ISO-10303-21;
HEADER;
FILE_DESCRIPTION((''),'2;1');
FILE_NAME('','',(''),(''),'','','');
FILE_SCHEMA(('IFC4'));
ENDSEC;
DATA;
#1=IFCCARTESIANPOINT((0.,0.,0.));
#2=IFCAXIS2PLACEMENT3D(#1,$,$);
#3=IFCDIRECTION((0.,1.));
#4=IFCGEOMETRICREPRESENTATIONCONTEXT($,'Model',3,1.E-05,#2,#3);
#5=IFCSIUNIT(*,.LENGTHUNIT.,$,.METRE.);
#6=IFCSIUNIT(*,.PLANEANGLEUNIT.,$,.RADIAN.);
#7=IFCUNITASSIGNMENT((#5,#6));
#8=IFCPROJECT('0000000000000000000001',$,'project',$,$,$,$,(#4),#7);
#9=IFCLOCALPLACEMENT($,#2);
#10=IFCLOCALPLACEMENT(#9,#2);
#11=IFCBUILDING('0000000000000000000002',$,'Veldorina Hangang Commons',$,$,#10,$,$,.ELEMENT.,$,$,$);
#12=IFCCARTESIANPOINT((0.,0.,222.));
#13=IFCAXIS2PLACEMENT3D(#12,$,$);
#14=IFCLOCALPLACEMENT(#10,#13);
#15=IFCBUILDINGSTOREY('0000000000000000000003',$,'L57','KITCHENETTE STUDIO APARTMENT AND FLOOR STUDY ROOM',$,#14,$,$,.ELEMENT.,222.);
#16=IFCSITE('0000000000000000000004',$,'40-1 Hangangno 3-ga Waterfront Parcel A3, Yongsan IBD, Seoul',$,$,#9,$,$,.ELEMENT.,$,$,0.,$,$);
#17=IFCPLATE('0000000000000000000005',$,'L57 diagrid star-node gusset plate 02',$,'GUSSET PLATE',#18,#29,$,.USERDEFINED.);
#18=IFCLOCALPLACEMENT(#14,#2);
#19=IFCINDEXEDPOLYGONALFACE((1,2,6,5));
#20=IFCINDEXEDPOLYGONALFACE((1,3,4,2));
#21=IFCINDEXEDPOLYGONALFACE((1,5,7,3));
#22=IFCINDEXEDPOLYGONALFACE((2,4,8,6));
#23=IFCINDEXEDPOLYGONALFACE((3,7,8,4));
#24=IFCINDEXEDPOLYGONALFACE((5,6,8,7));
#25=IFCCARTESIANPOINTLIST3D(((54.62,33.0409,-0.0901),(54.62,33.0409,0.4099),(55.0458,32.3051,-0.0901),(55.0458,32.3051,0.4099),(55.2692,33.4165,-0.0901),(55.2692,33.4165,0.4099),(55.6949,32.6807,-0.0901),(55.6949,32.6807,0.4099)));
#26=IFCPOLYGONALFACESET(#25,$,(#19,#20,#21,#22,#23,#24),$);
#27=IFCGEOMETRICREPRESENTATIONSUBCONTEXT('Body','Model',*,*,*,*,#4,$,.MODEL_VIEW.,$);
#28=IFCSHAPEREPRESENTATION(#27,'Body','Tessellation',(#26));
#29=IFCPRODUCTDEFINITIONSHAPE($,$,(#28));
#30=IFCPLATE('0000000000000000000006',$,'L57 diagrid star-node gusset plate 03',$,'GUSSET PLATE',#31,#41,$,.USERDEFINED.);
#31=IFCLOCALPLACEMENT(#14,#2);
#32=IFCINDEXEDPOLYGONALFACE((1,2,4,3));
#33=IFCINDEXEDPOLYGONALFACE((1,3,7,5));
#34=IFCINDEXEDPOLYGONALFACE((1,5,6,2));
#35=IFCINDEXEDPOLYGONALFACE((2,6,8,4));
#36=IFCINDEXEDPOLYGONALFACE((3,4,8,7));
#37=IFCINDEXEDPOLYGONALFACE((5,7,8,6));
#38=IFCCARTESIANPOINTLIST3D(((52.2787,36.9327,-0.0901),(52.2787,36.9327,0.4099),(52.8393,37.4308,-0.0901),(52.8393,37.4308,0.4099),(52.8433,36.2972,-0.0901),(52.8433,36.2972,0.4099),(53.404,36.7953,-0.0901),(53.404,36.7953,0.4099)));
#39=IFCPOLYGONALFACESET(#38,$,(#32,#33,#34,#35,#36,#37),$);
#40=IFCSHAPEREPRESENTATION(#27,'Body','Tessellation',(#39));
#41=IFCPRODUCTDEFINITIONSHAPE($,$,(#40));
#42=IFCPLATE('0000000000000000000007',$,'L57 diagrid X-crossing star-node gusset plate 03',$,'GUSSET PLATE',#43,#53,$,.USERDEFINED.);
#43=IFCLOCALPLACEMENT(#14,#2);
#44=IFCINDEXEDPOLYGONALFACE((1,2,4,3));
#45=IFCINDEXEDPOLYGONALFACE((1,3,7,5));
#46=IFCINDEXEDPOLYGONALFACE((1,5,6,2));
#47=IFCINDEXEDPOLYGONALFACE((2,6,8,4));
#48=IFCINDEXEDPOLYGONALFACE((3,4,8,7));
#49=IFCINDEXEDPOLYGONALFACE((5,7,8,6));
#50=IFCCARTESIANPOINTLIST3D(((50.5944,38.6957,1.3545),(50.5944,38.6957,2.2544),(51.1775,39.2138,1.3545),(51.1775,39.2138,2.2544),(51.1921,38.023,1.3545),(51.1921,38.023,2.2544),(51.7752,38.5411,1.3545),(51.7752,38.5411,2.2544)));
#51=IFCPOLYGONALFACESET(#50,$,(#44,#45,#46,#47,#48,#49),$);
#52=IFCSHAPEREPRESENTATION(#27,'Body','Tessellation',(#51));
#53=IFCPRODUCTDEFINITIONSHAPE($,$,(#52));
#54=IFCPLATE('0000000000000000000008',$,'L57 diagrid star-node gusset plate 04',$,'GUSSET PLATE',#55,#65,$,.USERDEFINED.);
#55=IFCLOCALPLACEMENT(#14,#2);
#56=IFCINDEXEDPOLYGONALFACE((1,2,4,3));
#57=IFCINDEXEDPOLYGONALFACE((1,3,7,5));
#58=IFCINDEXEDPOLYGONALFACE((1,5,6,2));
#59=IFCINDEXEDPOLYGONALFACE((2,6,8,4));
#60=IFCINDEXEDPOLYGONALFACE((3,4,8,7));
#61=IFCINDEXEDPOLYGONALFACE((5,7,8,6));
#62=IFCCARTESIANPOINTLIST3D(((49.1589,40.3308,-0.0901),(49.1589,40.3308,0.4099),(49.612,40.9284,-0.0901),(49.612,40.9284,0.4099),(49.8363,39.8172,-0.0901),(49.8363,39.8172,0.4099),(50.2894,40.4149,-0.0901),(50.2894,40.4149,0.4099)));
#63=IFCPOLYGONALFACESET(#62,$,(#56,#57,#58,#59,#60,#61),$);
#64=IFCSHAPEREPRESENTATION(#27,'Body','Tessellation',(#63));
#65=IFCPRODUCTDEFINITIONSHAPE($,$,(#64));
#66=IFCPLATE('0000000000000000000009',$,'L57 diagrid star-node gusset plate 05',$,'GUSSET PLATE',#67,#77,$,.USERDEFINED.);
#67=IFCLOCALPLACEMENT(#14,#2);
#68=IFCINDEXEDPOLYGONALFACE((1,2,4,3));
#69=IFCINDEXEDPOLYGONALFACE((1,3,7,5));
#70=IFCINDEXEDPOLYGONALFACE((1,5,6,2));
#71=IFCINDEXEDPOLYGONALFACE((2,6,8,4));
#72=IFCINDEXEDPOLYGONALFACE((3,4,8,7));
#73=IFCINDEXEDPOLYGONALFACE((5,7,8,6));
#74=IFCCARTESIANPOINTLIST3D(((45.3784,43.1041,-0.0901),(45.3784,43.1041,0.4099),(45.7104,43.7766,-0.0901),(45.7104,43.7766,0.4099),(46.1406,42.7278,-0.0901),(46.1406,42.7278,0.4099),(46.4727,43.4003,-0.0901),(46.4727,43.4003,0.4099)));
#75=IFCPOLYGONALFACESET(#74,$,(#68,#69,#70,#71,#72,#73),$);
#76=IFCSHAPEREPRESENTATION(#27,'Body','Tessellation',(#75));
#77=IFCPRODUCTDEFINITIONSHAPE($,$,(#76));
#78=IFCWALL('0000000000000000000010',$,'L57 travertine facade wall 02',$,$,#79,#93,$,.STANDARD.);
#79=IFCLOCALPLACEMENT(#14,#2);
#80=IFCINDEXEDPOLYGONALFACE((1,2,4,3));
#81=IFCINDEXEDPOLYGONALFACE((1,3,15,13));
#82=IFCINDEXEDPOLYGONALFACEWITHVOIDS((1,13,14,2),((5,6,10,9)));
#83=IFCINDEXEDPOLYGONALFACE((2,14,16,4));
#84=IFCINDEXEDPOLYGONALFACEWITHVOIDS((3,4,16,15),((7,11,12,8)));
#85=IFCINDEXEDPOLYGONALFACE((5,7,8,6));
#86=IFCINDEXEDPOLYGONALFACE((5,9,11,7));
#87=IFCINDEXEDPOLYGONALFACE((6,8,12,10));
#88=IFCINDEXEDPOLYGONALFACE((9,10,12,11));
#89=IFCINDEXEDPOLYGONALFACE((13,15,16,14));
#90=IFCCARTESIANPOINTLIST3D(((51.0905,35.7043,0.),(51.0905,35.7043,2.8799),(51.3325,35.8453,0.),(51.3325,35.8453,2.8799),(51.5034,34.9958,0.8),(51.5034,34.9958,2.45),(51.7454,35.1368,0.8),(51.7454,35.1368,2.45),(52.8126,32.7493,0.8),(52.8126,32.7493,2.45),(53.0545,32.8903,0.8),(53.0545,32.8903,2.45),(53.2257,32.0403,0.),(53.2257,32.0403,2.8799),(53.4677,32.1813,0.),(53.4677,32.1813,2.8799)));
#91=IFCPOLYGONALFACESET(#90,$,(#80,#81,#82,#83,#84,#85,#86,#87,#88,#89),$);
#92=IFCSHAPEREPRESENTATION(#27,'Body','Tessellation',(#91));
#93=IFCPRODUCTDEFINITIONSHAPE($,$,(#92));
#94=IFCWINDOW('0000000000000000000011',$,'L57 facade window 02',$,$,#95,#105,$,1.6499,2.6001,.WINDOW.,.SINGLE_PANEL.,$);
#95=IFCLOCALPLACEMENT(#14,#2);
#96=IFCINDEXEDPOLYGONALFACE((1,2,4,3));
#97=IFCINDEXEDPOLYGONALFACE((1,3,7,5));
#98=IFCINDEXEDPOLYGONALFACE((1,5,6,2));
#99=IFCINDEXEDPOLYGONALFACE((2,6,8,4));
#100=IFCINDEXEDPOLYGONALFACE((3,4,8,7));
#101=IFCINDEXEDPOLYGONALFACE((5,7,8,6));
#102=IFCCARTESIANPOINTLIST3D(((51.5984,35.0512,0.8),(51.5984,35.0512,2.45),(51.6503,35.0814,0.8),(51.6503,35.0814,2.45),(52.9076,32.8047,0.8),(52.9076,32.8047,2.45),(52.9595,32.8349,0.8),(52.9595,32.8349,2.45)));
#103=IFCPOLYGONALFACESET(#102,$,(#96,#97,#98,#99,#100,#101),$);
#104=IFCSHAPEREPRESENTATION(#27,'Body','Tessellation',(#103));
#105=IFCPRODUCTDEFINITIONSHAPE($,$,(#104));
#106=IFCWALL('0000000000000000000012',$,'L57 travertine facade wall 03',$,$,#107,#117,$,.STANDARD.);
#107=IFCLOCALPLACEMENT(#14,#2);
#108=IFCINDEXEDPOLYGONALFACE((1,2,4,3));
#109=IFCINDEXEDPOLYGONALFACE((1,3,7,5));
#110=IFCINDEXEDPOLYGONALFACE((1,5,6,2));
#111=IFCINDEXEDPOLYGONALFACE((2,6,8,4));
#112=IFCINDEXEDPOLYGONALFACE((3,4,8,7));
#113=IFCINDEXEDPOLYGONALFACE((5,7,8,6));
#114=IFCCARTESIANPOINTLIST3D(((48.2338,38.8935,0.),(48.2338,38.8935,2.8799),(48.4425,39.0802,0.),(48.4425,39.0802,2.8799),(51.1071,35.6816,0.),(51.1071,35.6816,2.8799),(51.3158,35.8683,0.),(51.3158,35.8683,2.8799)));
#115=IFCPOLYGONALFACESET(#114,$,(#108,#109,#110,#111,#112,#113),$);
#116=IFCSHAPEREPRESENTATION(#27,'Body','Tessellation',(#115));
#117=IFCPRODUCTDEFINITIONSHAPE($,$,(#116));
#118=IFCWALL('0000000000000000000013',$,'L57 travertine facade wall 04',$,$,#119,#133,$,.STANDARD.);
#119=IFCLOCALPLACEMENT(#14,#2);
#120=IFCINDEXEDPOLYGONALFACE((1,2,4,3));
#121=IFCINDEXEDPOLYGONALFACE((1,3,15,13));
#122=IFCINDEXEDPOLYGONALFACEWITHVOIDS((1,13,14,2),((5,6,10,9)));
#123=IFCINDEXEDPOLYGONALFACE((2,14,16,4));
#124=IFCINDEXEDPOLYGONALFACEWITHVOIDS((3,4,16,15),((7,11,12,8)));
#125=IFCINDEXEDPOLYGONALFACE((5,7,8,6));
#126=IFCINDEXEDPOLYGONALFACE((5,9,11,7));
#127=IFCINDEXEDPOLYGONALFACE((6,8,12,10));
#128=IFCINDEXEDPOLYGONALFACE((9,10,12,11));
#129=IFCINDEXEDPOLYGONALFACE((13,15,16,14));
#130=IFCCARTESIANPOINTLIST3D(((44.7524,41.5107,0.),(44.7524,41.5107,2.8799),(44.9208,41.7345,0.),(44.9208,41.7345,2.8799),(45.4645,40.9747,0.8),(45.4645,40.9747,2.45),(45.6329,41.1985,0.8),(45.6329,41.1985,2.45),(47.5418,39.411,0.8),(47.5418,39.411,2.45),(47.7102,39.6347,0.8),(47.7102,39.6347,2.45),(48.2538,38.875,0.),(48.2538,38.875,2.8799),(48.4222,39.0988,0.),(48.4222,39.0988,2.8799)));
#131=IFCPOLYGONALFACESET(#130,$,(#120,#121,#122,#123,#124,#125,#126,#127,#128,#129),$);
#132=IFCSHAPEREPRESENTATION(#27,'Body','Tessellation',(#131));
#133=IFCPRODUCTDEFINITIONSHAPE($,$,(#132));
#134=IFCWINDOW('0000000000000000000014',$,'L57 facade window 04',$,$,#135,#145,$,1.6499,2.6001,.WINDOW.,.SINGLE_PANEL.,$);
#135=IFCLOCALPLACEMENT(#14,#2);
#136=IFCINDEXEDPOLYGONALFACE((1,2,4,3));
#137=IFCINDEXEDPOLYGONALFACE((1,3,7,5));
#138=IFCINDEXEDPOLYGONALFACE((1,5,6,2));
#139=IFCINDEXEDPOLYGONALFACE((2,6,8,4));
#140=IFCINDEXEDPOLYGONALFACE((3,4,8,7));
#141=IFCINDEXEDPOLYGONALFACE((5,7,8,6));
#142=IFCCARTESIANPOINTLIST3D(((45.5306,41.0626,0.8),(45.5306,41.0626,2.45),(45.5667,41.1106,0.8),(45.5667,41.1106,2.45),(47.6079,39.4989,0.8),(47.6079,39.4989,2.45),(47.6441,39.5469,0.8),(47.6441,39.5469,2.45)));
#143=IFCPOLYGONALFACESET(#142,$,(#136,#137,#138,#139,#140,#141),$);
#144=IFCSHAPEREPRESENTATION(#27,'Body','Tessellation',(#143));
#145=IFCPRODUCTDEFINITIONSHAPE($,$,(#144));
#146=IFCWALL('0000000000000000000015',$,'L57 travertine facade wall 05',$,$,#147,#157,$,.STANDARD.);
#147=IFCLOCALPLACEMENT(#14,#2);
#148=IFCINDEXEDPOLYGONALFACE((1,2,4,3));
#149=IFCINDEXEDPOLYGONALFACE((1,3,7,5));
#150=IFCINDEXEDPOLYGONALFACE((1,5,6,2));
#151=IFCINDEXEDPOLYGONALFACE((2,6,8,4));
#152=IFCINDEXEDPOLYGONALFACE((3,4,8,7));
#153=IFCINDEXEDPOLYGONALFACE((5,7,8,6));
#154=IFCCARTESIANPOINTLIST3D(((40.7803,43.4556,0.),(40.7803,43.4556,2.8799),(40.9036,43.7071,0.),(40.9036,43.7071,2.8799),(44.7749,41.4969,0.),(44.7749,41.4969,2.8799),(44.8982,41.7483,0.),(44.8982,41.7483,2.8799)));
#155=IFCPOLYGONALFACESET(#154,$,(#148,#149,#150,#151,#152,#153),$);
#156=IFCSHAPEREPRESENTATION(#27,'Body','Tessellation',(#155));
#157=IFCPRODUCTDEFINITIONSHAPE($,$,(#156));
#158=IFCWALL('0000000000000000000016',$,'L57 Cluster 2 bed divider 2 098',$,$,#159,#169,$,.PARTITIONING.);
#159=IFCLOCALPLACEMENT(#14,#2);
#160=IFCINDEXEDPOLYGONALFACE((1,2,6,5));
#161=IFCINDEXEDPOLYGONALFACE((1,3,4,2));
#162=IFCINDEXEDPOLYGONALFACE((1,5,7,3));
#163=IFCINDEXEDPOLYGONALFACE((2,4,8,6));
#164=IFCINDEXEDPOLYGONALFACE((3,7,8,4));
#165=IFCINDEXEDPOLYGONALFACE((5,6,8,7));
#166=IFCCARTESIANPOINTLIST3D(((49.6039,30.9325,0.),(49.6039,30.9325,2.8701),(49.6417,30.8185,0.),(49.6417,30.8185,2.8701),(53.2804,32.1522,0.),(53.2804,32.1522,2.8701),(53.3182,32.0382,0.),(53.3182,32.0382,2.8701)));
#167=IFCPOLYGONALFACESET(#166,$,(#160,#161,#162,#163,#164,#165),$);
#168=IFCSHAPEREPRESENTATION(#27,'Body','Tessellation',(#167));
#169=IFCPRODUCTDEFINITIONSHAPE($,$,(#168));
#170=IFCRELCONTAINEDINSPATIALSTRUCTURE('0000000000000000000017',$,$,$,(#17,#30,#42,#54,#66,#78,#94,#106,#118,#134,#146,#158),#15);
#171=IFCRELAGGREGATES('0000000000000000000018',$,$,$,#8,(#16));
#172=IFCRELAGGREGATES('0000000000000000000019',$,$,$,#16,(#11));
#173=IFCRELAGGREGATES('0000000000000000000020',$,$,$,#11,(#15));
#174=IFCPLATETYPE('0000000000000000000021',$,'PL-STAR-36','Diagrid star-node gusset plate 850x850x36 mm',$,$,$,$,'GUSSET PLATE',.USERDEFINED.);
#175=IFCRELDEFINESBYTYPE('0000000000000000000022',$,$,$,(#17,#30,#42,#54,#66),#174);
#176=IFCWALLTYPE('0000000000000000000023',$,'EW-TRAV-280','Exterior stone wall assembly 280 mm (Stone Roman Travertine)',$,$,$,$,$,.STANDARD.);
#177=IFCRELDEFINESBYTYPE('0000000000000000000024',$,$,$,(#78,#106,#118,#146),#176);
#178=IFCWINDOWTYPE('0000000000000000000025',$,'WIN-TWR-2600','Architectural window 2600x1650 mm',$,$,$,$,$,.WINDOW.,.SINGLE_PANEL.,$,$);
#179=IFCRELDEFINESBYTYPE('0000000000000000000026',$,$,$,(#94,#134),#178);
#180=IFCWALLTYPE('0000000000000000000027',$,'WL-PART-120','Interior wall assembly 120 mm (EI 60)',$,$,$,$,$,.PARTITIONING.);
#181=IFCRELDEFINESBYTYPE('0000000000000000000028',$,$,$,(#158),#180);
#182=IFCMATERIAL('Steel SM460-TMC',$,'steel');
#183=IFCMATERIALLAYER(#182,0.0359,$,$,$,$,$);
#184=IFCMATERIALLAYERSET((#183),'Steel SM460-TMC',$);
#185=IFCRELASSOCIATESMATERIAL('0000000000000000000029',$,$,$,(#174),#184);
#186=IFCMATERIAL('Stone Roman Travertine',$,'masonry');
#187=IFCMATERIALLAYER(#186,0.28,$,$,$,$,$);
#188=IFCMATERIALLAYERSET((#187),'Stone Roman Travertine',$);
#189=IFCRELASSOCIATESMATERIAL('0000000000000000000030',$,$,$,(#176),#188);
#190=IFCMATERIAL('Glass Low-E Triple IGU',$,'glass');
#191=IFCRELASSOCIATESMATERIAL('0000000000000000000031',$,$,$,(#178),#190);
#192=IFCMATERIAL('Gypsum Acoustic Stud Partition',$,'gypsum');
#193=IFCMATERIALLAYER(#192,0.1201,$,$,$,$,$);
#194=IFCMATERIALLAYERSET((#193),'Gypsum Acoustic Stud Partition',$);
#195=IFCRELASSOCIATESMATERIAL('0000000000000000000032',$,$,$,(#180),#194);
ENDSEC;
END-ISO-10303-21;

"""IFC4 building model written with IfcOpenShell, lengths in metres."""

from ifc_helpers import new_model, si_unit, direction, frame, frame_2d, origin, origin_2d, place, context, subcontext, project, spatial, rectangle, extrude, material, layer, layer_set, type_object, element, fill, save


model = new_model("IFC4")

# Units and contexts
model_context = context("Model", 3, precision=1e-05, world=origin(), true_north=direction((0.0, 1.0)))
body_context = subcontext(model_context, "Body", "Model", "MODEL_VIEW")
ifc_project = project(units=[si_unit("LENGTHUNIT", "METRE"), si_unit("PLANEANGLEUNIT", "RADIAN")], contexts=[model_context])

# Site, building, storey
site_placement = place(None, origin())
site = spatial("IfcSite", under=ifc_project, at=site_placement, Name="40-1 Hangangno 3-ga Waterfront Parcel A3, Yongsan IBD, Seoul", CompositionType="ELEMENT", RefElevation=0.0)
building_placement = place(site_placement, origin())
building = spatial("IfcBuilding", under=site, at=building_placement, Name="Veldorina Hangang Commons", CompositionType="ELEMENT")
storey_placement = place(building_placement, frame((0.0, 0.0, 222.0)))
storey = spatial("IfcBuildingStorey", under=building, at=storey_placement, Name="L57", Description="KITCHENETTE STUDIO APARTMENT AND FLOOR STUDY ROOM", CompositionType="ELEMENT", Elevation=222.0)

# Plates
ifc_material_1 = material(Name="Steel SM460-TMC", Category="steel")
ifc_layer_1 = layer(ifc_material_1, 0.0359)
ifc_layer_set_1 = layer_set([ifc_layer_1], Name="Steel SM460-TMC")
plate_type = type_object("IfcPlateType", Name="PL-STAR-36", Description="Diagrid star-node gusset plate 850x850x36 mm", ElementType="GUSSET PLATE", PredefinedType="USERDEFINED", material=ifc_layer_set_1)
for number, where, z_axis, x_axis, name in (
    (1, (55.1575, 32.8608, -0.0901), (0.0, 0.0, 1.0), (-0.500816, 0.865554, 0.0), "L57 diagrid star-node gusset plate 02"),
    (2, (52.8413, 36.864, -0.0901), (0.0, 0.0, 1.0), (-0.664174, 0.747578, 0.0), "L57 diagrid star-node gusset plate 03"),
):
    element("IfcPlate", number, at=place(storey_placement, frame(where, z_axis=z_axis, x_axis=x_axis)), inside=storey, type_object=plate_type, Name=name, ObjectType="GUSSET PLATE", PredefinedType="USERDEFINED", context=body_context, shape_type="SweptSolid", body=[
        extrude(rectangle(XDim=0.8501, YDim=0.75, at=origin_2d()), origin(), (0.0, 0.0, 1.0), 0.5),
    ])
plate_placement = place(storey_placement, frame((51.1848, 38.6184, 1.3545), z_axis=(0.0, 0.0, 1.0), x_axis=(-0.664174, 0.747578, 0.0)))
element("IfcPlate", 3, at=plate_placement, inside=storey, type_object=plate_type, Name="L57 diagrid X-crossing star-node gusset plate 03", ObjectType="GUSSET PLATE", PredefinedType="USERDEFINED", context=body_context, shape_type="SweptSolid", body=[
    extrude(rectangle(XDim=0.8999, YDim=0.78, at=origin_2d()), origin(), (0.0, 0.0, 1.0), 0.8999),
])
for number, where, z_axis, x_axis, name in (
    (4, (49.7241, 40.3728, -0.0901), (0.0, 0.0, 1.0), (-0.796889, 0.604126, 0.0), "L57 diagrid star-node gusset plate 04"),
    (5, (45.9255, 43.2522, -0.0901), (0.0, 0.0, 1.0), (-0.896649, 0.442743, 0.0), "L57 diagrid star-node gusset plate 05"),
):
    element("IfcPlate", number, at=place(storey_placement, frame(where, z_axis=z_axis, x_axis=x_axis)), inside=storey, type_object=plate_type, Name=name, ObjectType="GUSSET PLATE", PredefinedType="USERDEFINED", context=body_context, shape_type="SweptSolid", body=[
        extrude(rectangle(XDim=0.8501, YDim=0.75, at=origin_2d()), origin(), (0.0, 0.0, 1.0), 0.5),
    ])

# Wall, opening, window
ifc_material_2 = material(Name="Stone Roman Travertine", Category="masonry")
ifc_layer_2 = layer(ifc_material_2, 0.28)
ifc_layer_set_2 = layer_set([ifc_layer_2], Name="Stone Roman Travertine")
wall_type_1 = type_object("IfcWallType", Name="EW-TRAV-280", Description="Exterior stone wall assembly 280 mm (Stone Roman Travertine)", PredefinedType="STANDARD", material=ifc_layer_set_2)
wall_1_placement = place(storey_placement, frame((53.3467, 32.1108, 0.0), z_axis=(0.0, 0.0, 1.0), x_axis=(-0.503499, 0.863996, 0.0)))
wall_1 = element("IfcWall", 6, at=wall_1_placement, inside=storey, type_object=wall_type_1, Name="L57 travertine facade wall 02", PredefinedType="STANDARD", context=body_context, shape_type="SweptSolid", body=[
    extrude(rectangle(XDim=4.2407, YDim=0.28, at=frame_2d((2.1204, 0.0))), origin(), (0.0, 0.0, 1.0), 2.8799),
])
opening_1_placement = place(wall_1_placement, frame((0.8206, 0.0, 0.8)))
opening_1 = element("IfcOpeningElement", 7, at=opening_1_placement, cuts=wall_1, PredefinedType="OPENING", context=body_context, shape_type="SweptSolid", body=[
    extrude(rectangle(XDim=2.6001, YDim=1.6499, at=frame_2d((1.3, 0.825))), frame((0.0, 0.1499, 0.0), z_axis=(0.0, -1.0, 0.0), x_axis=(1.0, 0.0, 0.0)), (0.0, 0.0, 1.0), 0.3),
])
ifc_material_3 = material(Name="Glass Low-E Triple IGU", Category="glass")
window_type = type_object("IfcWindowType", Name="WIN-TWR-2600", Description="Architectural window 2600x1650 mm", PartitioningType="SINGLE_PANEL", PredefinedType="WINDOW", material=ifc_material_3)
window_1_placement = place(opening_1_placement, origin())
window_1 = element("IfcWindow", 8, at=window_1_placement, inside=storey, type_object=window_type, Name="L57 facade window 02", OverallHeight=1.6499, OverallWidth=2.6001, PartitioningType="SINGLE_PANEL", PredefinedType="WINDOW", context=body_context, shape_type="SweptSolid", body=[
    extrude(rectangle(XDim=2.6001, YDim=1.6499, at=frame_2d((1.3, 0.825))), frame((0.0, 0.03, 0.0), z_axis=(0.0, -1.0, 0.0), x_axis=(1.0, 0.0, 0.0)), (0.0, 0.0, 1.0), 0.0601),
])
fill(opening_1, window_1)

# Wall
wall_2_placement = place(storey_placement, frame((51.2114, 35.7749, 0.0), z_axis=(0.0, 0.0, 1.0), x_axis=(-0.666727, 0.745302, 0.0)))
element("IfcWall", 9, at=wall_2_placement, inside=storey, type_object=wall_type_1, Name="L57 travertine facade wall 03", PredefinedType="STANDARD", context=body_context, shape_type="SweptSolid", body=[
    extrude(rectangle(XDim=4.3096, YDim=0.28, at=frame_2d((2.1548, 0.0))), origin(), (0.0, 0.0, 1.0), 2.8799),
])

# Wall, opening, window
wall_3_placement = place(storey_placement, frame((48.3381, 38.9868, 0.0), z_axis=(0.0, 0.0, 1.0), x_axis=(-0.798943, 0.601407, 0.0)))
wall_3 = element("IfcWall", 10, at=wall_3_placement, inside=storey, type_object=wall_type_1, Name="L57 travertine facade wall 04", PredefinedType="STANDARD", context=body_context, shape_type="SweptSolid", body=[
    extrude(rectangle(XDim=4.3826, YDim=0.28, at=frame_2d((2.1914, 0.0))), origin(), (0.0, 0.0, 1.0), 2.8799),
])
opening_2_placement = place(wall_3_placement, frame((0.8914, 0.0, 0.8)))
opening_2 = element("IfcOpeningElement", 11, at=opening_2_placement, cuts=wall_3, PredefinedType="OPENING", context=body_context, shape_type="SweptSolid", body=[
    extrude(rectangle(XDim=2.6001, YDim=1.6499, at=frame_2d((1.3, 0.825))), frame((0.0, 0.1499, 0.0), z_axis=(0.0, -1.0, 0.0), x_axis=(1.0, 0.0, 0.0)), (0.0, 0.0, 1.0), 0.3),
])
window_2_placement = place(opening_2_placement, origin())
window_2 = element("IfcWindow", 12, at=window_2_placement, inside=storey, type_object=window_type, Name="L57 facade window 04", OverallHeight=1.6499, OverallWidth=2.6001, PartitioningType="SINGLE_PANEL", PredefinedType="WINDOW", context=body_context, shape_type="SweptSolid", body=[
    extrude(rectangle(XDim=2.6001, YDim=1.6499, at=frame_2d((1.3, 0.825))), frame((0.0, 0.03, 0.0), z_axis=(0.0, -1.0, 0.0), x_axis=(1.0, 0.0, 0.0)), (0.0, 0.0, 1.0), 0.0601),
])
fill(opening_2, window_2)

# Walls
wall_4_placement = place(storey_placement, frame((44.8367, 41.6226, 0.0), z_axis=(0.0, 0.0, 1.0), x_axis=(-0.897868, 0.440264, 0.0)))
element("IfcWall", 13, at=wall_4_placement, inside=storey, type_object=wall_type_1, Name="L57 travertine facade wall 05", PredefinedType="STANDARD", context=body_context, shape_type="SweptSolid", body=[
    extrude(rectangle(XDim=4.449, YDim=0.28, at=frame_2d((2.2246, 0.0))), origin(), (0.0, 0.0, 1.0), 2.8799),
])
ifc_material_4 = material(Name="Gypsum Acoustic Stud Partition", Category="gypsum")
ifc_layer_3 = layer(ifc_material_4, 0.1201)
ifc_layer_set_3 = layer_set([ifc_layer_3], Name="Gypsum Acoustic Stud Partition")
wall_type_2 = type_object("IfcWallType", Name="WL-PART-120", Description="Interior wall assembly 120 mm (EI 60)", PredefinedType="PARTITIONING", material=ifc_layer_set_3)
wall_5_placement = place(storey_placement, frame((49.6228, 30.8755, 0.0), z_axis=(0.0, 0.0, 1.0), x_axis=(0.94913, 0.314885, 0.0)))
element("IfcWall", 14, at=wall_5_placement, inside=storey, type_object=wall_type_2, Name="L57 Cluster 2 bed divider 2 098", PredefinedType="PARTITIONING", context=body_context, shape_type="SweptSolid", body=[
    extrude(rectangle(XDim=3.8735, YDim=0.1201, at=frame_2d((1.9368, 0.0))), origin(), (0.0, 0.0, 1.0), 2.8701),
])

save(model, "model.ifc")
